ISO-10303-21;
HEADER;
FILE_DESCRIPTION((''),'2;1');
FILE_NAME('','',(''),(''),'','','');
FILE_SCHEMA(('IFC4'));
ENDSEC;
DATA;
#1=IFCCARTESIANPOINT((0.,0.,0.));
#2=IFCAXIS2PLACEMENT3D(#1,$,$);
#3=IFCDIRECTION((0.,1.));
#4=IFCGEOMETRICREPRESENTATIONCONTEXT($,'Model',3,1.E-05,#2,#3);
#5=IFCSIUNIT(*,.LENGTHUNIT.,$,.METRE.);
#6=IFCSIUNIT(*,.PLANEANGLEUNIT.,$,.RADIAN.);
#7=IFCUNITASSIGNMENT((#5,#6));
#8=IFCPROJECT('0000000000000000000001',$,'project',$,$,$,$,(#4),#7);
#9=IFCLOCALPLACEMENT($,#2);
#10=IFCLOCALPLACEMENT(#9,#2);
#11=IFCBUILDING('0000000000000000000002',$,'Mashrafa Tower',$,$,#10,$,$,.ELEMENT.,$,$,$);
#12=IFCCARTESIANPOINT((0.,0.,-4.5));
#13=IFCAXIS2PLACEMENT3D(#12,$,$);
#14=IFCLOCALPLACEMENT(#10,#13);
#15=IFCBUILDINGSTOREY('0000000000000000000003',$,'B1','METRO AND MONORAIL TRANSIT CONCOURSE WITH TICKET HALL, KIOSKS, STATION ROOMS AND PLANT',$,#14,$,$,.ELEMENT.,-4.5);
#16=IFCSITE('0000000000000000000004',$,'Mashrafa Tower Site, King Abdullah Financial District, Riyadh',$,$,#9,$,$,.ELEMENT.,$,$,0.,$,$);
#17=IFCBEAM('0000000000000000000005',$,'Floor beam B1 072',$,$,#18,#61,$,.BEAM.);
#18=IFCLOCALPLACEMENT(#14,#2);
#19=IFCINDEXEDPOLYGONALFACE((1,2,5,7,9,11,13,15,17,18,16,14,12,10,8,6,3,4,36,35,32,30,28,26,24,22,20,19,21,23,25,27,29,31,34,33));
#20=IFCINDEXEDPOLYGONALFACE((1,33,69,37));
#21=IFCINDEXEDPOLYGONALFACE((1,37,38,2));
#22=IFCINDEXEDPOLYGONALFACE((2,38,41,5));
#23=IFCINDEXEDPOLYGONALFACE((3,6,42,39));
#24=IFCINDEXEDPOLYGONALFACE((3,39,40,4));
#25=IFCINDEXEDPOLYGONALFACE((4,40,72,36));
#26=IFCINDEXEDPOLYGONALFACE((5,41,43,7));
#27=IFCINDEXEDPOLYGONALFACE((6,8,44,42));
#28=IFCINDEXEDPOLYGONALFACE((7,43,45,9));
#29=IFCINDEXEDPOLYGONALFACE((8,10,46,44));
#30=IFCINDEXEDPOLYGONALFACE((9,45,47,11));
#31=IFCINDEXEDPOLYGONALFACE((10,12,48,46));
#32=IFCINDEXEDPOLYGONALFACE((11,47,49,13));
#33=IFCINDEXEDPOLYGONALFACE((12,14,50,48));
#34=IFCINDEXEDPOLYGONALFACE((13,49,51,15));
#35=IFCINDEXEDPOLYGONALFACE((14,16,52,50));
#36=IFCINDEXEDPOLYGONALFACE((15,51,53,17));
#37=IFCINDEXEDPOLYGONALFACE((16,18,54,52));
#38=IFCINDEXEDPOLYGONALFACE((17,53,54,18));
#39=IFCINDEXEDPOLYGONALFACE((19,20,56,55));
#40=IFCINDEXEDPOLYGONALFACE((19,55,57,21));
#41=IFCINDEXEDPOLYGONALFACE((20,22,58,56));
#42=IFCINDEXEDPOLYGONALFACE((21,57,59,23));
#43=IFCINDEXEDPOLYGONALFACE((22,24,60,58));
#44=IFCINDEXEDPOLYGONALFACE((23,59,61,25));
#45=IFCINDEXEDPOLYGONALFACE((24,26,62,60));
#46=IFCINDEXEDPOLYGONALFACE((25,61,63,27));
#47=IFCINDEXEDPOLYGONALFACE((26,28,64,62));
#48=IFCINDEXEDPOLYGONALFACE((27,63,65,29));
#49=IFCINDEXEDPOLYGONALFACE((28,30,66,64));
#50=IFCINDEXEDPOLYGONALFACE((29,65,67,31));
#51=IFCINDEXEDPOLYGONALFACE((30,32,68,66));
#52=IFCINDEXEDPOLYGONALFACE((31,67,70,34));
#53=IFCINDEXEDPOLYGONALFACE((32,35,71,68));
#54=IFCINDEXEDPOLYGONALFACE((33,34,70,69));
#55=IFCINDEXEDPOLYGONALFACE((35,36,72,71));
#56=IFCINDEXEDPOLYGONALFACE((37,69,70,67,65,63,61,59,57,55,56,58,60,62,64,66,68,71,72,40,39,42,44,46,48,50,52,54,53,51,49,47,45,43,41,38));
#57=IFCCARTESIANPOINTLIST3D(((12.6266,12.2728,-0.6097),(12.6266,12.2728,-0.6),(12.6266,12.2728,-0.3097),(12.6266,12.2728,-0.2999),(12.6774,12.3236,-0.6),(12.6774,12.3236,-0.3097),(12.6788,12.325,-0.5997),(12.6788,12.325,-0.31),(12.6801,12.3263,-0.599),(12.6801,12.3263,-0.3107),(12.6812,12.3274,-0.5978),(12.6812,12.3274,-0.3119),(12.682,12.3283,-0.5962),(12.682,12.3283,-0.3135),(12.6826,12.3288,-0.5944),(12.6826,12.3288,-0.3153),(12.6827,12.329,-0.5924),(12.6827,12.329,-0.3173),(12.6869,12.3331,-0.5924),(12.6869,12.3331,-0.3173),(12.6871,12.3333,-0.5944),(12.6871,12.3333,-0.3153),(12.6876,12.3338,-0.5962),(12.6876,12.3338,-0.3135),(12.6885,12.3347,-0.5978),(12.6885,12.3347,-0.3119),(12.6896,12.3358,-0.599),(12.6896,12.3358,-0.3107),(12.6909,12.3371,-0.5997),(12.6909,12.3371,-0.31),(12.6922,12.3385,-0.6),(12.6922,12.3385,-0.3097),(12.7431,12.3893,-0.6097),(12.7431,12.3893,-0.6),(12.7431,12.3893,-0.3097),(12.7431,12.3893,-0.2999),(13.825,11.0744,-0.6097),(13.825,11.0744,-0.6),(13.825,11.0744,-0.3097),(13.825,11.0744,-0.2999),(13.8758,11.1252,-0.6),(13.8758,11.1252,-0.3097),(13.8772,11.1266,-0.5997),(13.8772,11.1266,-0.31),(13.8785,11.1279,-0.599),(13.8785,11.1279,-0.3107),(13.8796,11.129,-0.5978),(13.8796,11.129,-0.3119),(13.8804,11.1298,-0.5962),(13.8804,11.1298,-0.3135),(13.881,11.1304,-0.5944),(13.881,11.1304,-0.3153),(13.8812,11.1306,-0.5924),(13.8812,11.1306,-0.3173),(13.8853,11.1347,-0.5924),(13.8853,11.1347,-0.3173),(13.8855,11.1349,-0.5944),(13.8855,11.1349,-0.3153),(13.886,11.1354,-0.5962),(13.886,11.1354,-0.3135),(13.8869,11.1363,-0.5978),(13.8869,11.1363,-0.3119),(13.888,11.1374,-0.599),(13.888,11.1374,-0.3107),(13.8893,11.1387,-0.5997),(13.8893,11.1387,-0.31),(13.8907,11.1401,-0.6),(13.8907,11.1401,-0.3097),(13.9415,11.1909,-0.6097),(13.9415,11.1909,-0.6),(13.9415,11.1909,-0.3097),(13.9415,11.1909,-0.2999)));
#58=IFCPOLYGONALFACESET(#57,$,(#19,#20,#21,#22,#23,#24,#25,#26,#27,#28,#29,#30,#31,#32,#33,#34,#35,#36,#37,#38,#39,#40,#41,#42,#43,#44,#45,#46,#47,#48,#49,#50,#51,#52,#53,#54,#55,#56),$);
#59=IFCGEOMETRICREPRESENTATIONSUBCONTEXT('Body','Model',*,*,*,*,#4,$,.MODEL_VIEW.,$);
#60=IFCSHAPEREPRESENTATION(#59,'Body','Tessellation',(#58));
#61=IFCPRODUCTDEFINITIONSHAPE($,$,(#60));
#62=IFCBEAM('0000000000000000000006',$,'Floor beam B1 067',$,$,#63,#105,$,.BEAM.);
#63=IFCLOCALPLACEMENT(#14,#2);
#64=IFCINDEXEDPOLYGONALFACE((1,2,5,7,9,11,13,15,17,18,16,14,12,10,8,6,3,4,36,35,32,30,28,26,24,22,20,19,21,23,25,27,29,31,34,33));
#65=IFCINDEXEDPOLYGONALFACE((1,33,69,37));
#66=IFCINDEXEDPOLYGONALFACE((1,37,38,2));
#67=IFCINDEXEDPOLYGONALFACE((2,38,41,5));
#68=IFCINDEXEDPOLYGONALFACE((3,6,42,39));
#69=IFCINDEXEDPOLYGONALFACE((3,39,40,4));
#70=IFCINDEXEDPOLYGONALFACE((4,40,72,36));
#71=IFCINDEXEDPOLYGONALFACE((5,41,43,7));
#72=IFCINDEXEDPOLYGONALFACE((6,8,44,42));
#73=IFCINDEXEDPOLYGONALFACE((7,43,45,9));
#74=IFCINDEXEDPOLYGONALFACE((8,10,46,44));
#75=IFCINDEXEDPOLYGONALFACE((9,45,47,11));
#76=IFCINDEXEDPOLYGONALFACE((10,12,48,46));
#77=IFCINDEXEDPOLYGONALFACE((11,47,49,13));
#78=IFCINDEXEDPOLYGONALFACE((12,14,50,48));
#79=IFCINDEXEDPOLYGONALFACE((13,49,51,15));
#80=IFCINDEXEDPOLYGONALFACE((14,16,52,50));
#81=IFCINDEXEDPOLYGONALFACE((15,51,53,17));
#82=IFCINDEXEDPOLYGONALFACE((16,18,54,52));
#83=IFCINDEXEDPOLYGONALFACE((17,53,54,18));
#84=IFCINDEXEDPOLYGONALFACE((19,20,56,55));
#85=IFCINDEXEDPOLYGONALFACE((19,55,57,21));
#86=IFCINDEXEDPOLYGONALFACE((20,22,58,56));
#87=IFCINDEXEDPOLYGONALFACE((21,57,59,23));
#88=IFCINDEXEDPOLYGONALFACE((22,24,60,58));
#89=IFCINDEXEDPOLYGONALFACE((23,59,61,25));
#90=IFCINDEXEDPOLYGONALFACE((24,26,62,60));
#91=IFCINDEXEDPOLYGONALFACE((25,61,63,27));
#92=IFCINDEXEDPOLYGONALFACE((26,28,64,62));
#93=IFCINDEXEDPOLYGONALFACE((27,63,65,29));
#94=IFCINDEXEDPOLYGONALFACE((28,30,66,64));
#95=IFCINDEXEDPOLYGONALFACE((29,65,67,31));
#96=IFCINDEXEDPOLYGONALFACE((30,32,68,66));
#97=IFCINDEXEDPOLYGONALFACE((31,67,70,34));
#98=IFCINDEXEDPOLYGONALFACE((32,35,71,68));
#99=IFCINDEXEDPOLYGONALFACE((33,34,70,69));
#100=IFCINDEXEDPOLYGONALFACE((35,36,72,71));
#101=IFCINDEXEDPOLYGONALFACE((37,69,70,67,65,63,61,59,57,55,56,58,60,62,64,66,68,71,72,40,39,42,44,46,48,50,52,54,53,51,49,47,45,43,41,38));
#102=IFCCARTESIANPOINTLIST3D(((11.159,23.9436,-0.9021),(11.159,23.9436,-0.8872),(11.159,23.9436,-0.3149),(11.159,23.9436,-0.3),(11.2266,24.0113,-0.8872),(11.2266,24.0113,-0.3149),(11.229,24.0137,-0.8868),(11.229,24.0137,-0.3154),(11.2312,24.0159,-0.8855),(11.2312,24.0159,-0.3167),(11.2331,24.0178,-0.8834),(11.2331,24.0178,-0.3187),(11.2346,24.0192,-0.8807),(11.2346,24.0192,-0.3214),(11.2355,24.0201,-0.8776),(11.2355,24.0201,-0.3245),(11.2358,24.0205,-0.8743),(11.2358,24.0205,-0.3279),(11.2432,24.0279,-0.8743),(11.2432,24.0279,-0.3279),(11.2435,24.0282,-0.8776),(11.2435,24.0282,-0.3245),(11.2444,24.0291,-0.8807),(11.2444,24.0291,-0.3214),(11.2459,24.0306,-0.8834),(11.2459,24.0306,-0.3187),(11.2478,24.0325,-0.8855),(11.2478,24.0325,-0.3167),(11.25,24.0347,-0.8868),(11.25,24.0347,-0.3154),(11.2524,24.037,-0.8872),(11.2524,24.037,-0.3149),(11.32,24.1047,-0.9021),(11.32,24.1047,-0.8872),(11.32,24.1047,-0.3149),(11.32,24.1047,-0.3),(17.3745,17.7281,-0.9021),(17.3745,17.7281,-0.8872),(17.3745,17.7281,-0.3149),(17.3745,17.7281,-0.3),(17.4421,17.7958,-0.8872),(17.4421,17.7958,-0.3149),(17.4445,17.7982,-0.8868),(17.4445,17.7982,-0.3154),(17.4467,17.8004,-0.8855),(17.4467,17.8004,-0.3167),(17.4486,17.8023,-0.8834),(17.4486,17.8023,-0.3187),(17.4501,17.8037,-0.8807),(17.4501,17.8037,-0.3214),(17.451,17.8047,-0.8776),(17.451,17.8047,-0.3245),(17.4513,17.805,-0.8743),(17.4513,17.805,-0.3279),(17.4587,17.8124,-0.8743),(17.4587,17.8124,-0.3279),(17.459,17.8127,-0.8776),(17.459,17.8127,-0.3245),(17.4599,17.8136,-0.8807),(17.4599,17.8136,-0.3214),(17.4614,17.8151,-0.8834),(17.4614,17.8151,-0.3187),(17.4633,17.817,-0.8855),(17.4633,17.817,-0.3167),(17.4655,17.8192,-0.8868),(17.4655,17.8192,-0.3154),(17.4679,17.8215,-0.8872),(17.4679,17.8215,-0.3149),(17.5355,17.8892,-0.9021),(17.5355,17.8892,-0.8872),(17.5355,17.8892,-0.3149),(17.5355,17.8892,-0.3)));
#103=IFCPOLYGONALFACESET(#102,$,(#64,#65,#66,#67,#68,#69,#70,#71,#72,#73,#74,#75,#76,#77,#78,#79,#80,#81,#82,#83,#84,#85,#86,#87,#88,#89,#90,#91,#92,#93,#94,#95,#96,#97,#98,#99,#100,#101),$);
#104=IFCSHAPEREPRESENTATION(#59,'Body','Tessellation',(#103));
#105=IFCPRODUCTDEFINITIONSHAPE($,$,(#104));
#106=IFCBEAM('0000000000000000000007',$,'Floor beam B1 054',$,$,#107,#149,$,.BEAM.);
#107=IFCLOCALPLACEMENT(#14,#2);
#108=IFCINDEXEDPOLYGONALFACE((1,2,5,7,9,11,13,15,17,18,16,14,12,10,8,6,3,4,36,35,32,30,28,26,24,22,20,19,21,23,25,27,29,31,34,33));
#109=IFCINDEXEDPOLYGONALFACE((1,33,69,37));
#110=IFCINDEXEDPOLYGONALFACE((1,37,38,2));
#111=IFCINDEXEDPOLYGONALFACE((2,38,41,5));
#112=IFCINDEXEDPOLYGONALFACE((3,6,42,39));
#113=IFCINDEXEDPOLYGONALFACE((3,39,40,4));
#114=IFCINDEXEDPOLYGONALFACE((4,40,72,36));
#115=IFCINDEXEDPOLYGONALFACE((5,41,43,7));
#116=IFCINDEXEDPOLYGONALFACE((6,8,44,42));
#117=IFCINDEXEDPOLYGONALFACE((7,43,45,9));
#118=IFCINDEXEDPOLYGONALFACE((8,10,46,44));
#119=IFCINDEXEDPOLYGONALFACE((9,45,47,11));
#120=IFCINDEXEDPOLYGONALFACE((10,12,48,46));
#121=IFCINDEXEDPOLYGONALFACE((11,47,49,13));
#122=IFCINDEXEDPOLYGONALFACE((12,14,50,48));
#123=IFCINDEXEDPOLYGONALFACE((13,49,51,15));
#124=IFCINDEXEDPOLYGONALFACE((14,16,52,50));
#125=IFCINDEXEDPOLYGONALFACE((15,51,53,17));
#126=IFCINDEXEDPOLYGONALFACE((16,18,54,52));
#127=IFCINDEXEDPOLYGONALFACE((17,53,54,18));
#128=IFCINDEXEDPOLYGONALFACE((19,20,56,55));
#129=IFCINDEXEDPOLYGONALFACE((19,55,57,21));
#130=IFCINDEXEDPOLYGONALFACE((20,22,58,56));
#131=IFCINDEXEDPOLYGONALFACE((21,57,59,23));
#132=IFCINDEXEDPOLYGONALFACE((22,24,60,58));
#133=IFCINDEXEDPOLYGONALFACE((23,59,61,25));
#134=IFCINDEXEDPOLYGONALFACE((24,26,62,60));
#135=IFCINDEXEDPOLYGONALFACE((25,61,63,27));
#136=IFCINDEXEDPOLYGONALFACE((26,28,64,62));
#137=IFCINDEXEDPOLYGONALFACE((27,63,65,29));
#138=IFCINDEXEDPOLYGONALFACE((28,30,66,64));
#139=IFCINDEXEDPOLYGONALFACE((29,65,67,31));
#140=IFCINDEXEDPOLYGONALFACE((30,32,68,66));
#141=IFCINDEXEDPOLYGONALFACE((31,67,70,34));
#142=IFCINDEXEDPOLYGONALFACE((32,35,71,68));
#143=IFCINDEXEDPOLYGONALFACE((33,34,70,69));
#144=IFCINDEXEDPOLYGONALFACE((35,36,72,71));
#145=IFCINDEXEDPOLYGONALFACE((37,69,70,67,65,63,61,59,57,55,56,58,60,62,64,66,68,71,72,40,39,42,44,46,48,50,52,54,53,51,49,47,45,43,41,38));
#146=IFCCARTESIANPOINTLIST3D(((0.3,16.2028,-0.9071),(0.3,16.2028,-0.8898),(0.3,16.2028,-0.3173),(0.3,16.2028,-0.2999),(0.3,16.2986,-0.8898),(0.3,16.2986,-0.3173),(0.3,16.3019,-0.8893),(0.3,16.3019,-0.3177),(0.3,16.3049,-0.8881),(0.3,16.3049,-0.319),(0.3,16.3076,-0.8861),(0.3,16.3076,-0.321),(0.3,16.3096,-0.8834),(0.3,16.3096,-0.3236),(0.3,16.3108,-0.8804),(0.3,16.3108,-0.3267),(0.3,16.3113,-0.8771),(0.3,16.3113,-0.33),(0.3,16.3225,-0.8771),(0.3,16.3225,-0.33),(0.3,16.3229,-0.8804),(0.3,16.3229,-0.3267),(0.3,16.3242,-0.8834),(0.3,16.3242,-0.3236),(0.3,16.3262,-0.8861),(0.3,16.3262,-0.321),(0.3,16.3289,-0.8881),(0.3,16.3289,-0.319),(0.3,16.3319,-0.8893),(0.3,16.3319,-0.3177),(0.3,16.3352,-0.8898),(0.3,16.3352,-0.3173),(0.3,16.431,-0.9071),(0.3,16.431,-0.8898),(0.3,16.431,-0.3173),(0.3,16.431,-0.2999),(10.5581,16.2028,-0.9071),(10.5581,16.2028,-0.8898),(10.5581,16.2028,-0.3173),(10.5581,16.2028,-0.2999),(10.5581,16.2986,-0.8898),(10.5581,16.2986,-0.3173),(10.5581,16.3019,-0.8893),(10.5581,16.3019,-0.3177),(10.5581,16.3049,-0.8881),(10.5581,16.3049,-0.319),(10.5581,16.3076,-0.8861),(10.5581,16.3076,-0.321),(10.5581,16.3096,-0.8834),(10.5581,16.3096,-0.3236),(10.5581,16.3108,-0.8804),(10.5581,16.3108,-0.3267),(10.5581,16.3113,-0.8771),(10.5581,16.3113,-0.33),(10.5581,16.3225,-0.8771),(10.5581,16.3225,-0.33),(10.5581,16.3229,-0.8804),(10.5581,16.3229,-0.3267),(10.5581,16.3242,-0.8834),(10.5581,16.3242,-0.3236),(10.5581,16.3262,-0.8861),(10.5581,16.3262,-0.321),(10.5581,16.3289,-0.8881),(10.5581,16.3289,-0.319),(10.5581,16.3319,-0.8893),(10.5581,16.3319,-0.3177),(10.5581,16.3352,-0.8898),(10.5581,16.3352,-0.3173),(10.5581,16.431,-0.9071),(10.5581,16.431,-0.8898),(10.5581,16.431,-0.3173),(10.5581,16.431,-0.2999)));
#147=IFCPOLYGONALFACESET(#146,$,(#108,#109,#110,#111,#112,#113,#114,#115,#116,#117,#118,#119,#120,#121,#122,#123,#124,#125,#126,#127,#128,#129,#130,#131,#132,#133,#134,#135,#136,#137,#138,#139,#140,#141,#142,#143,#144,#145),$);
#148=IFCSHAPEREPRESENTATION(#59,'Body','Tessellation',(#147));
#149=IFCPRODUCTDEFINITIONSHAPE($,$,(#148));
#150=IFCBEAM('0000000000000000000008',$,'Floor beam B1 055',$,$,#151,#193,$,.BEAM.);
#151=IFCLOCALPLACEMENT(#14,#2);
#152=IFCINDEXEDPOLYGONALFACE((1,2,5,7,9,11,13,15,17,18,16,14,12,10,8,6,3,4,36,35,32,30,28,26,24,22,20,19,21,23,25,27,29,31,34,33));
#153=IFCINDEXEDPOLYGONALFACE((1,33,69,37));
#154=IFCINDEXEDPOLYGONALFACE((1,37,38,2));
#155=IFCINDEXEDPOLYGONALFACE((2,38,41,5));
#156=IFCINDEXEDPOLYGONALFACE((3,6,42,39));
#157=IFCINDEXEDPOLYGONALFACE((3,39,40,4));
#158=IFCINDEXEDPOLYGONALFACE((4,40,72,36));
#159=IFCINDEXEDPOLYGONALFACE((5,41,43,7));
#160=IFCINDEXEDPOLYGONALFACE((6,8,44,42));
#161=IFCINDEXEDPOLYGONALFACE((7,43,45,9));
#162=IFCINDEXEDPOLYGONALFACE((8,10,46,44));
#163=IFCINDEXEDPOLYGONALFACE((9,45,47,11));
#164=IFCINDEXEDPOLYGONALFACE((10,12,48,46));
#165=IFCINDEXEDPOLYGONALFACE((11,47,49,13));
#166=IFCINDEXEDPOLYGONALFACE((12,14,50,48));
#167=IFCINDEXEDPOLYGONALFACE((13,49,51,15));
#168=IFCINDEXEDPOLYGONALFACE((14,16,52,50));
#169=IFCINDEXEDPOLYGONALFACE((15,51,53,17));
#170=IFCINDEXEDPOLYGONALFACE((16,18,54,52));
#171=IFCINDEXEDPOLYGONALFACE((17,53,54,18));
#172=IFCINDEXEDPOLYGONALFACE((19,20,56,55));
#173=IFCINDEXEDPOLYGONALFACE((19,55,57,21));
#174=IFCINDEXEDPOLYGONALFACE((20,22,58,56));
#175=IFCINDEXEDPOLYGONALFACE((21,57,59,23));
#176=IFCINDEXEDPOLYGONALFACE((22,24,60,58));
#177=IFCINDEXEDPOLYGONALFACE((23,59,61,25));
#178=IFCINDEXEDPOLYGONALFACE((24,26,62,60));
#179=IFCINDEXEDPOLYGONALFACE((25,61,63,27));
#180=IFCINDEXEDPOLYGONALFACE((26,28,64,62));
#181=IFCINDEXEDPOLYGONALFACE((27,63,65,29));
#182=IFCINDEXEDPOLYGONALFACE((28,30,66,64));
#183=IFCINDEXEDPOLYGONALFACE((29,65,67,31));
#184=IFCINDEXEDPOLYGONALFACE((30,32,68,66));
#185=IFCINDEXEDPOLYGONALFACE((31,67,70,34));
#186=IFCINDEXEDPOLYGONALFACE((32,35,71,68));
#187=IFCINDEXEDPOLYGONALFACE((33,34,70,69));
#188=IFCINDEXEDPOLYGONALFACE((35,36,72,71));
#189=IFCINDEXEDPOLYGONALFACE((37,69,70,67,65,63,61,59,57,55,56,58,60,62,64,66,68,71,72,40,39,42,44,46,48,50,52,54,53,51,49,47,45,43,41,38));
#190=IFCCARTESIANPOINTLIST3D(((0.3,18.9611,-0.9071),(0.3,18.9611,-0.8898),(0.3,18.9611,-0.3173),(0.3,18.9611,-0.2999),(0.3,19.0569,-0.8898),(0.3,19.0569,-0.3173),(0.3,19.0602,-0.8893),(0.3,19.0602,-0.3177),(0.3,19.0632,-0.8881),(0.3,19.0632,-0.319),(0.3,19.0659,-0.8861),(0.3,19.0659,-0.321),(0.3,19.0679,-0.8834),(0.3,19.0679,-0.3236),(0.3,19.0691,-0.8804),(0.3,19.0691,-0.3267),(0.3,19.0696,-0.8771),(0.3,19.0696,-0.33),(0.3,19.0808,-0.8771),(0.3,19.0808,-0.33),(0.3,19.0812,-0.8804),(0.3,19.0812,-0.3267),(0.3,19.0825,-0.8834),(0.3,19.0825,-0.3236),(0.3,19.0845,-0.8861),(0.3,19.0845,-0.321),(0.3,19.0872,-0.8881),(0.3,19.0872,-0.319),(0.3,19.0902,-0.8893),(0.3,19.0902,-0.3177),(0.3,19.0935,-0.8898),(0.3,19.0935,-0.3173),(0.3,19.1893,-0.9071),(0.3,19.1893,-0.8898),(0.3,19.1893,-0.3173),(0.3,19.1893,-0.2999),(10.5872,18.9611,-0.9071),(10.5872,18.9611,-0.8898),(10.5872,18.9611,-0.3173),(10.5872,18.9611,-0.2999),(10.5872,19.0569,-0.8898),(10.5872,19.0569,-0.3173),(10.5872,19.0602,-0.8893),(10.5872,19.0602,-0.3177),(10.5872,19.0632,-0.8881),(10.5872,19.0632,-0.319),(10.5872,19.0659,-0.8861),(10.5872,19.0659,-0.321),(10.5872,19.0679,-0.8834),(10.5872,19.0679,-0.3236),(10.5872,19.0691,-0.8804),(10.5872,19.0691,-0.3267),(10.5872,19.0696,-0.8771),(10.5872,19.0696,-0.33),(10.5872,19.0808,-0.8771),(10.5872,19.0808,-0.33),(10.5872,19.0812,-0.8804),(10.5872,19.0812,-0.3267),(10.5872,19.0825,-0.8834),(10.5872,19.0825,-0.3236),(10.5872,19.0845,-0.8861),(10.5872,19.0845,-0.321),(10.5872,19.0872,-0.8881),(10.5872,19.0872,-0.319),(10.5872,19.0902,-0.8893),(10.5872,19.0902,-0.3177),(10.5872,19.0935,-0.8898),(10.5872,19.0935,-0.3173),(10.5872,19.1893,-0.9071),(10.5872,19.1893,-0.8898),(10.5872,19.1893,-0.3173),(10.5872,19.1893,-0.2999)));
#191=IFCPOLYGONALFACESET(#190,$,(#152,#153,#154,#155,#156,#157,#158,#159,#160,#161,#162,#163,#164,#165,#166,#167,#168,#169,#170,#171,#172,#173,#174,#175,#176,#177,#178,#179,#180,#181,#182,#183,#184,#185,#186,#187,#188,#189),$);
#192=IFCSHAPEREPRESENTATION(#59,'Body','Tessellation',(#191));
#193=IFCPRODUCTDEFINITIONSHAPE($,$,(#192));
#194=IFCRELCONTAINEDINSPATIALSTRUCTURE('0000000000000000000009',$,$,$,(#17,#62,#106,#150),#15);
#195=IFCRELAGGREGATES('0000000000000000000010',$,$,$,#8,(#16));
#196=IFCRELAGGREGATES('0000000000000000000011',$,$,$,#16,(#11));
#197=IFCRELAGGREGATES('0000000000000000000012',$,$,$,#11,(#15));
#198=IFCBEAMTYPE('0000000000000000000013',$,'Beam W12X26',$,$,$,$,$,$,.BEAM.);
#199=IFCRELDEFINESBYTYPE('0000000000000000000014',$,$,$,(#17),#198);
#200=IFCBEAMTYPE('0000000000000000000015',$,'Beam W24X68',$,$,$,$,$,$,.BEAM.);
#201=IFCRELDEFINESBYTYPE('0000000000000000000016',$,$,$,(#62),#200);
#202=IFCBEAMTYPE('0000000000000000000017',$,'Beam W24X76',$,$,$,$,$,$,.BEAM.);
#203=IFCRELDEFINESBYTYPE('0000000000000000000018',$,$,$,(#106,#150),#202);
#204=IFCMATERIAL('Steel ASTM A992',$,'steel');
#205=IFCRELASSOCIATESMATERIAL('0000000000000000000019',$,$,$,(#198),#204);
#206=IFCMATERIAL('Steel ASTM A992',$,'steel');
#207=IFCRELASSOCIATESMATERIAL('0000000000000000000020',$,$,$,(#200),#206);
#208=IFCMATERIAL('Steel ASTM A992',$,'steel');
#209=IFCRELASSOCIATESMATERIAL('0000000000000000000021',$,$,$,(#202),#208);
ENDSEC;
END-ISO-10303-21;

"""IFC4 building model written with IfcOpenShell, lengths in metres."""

from ifc_helpers import new_model, si_unit, direction, frame, origin, origin_2d, place, context, subcontext, project, spatial, i_section, extrude, material, material_profile, profile_set, type_object, element, save


model = new_model("IFC4")

# Units and contexts
model_context = context("Model", 3, precision=1e-05, world=origin(), true_north=direction((0.0, 1.0)))
body_context = subcontext(model_context, "Body", "Model", "MODEL_VIEW")
ifc_project = project(units=[si_unit("LENGTHUNIT", "METRE"), si_unit("PLANEANGLEUNIT", "RADIAN")], contexts=[model_context])

# Site, building, storey
site_placement = place(None, origin())
site = spatial("IfcSite", under=ifc_project, at=site_placement, Name="Mashrafa Tower Site, King Abdullah Financial District, Riyadh", CompositionType="ELEMENT", RefElevation=0.0)
building_placement = place(site_placement, origin())
building = spatial("IfcBuilding", under=site, at=building_placement, Name="Mashrafa Tower", CompositionType="ELEMENT")
storey_placement = place(building_placement, frame((0.0, 0.0, -4.5)))
storey = spatial("IfcBuildingStorey", under=building, at=storey_placement, Name="B1", Description="METRO AND MONORAIL TRANSIT CONCOURSE WITH TICKET HALL, KIOSKS, STATION ROOMS AND PLANT", CompositionType="ELEMENT", Elevation=-4.5)

# Beams
ifc_material_1 = material(Name="Steel ASTM A992", Category="steel")
ifc_material_profile_1 = material_profile(ifc_material_1, i_section(OverallWidth=0.1648, OverallDepth=0.3098, WebThickness=0.0059, FlangeThickness=0.0098, FilletRadius=0.0076, at=origin_2d()), Name="W12X26")
ifc_profile_set_1 = profile_set([ifc_material_profile_1], Name="Steel ASTM A992")
beam_type_1 = type_object("IfcBeamType", Name="Beam W12X26", PredefinedType="BEAM", material=ifc_profile_set_1)
beam_1_placement = place(storey_placement, frame((12.6848, 12.3311, -0.4548), z_axis=(0.707107, -0.707107, 0.0), x_axis=(0.707107, 0.707107, 0.0)))
element("IfcBeam", 1, at=beam_1_placement, inside=storey, type_object=beam_type_1, Name="Floor beam B1 072", PredefinedType="BEAM", context=body_context, shape_type="SweptSolid", body=[
    extrude(i_section(OverallWidth=0.1648, OverallDepth=0.3098, WebThickness=0.0059, FlangeThickness=0.0098, FilletRadius=0.0076, at=origin_2d()), origin(), (0.0, 0.0, 1.0), 1.6948),
])
ifc_material_2 = material(Name="Steel ASTM A992", Category="steel")
ifc_material_profile_2 = material_profile(ifc_material_2, i_section(OverallWidth=0.2278, OverallDepth=0.6021, WebThickness=0.0105, FlangeThickness=0.0149, FilletRadius=0.0129, at=origin_2d()), Name="W24X68")
ifc_profile_set_2 = profile_set([ifc_material_profile_2], Name="Steel ASTM A992")
beam_type_2 = type_object("IfcBeamType", Name="Beam W24X68", PredefinedType="BEAM", material=ifc_profile_set_2)
beam_2_placement = place(storey_placement, frame((11.2395, 24.0242, -0.6011), z_axis=(0.707107, -0.707107, 0.0), x_axis=(0.707107, 0.707107, 0.0)))
element("IfcBeam", 2, at=beam_2_placement, inside=storey, type_object=beam_type_2, Name="Floor beam B1 067", PredefinedType="BEAM", context=body_context, shape_type="SweptSolid", body=[
    extrude(i_section(OverallWidth=0.2278, OverallDepth=0.6021, WebThickness=0.0105, FlangeThickness=0.0149, FilletRadius=0.0129, at=origin_2d()), origin(), (0.0, 0.0, 1.0), 8.79),
])
ifc_material_3 = material(Name="Steel ASTM A992", Category="steel")
ifc_material_profile_3 = material_profile(ifc_material_3, i_section(OverallWidth=0.2283, OverallDepth=0.6072, WebThickness=0.0112, FlangeThickness=0.0173, FilletRadius=0.0127, at=origin_2d()), Name="W24X76")
ifc_profile_set_3 = profile_set([ifc_material_profile_3], Name="Steel ASTM A992")
beam_type_3 = type_object("IfcBeamType", Name="Beam W24X76", PredefinedType="BEAM", material=ifc_profile_set_3)
beam_3_placement = place(storey_placement, frame((0.3, 16.3169, -0.6035), z_axis=(1.0, 0.0, 0.0), x_axis=(0.0, 1.0, 0.0)))
element("IfcBeam", 3, at=beam_3_placement, inside=storey, type_object=beam_type_3, Name="Floor beam B1 054", PredefinedType="BEAM", context=body_context, shape_type="SweptSolid", body=[
    extrude(i_section(OverallWidth=0.2283, OverallDepth=0.6072, WebThickness=0.0112, FlangeThickness=0.0173, FilletRadius=0.0127, at=origin_2d()), origin(), (0.0, 0.0, 1.0), 10.2581),
])
beam_4_placement = place(storey_placement, frame((0.3, 19.0752, -0.6035), z_axis=(1.0, 0.0, 0.0), x_axis=(0.0, 1.0, 0.0)))
element("IfcBeam", 4, at=beam_4_placement, inside=storey, type_object=beam_type_3, Name="Floor beam B1 055", PredefinedType="BEAM", context=body_context, shape_type="SweptSolid", body=[
    extrude(i_section(OverallWidth=0.2283, OverallDepth=0.6072, WebThickness=0.0112, FlangeThickness=0.0173, FilletRadius=0.0127, at=origin_2d()), origin(), (0.0, 0.0, 1.0), 10.2871),
])

save(model, "model.ifc")
